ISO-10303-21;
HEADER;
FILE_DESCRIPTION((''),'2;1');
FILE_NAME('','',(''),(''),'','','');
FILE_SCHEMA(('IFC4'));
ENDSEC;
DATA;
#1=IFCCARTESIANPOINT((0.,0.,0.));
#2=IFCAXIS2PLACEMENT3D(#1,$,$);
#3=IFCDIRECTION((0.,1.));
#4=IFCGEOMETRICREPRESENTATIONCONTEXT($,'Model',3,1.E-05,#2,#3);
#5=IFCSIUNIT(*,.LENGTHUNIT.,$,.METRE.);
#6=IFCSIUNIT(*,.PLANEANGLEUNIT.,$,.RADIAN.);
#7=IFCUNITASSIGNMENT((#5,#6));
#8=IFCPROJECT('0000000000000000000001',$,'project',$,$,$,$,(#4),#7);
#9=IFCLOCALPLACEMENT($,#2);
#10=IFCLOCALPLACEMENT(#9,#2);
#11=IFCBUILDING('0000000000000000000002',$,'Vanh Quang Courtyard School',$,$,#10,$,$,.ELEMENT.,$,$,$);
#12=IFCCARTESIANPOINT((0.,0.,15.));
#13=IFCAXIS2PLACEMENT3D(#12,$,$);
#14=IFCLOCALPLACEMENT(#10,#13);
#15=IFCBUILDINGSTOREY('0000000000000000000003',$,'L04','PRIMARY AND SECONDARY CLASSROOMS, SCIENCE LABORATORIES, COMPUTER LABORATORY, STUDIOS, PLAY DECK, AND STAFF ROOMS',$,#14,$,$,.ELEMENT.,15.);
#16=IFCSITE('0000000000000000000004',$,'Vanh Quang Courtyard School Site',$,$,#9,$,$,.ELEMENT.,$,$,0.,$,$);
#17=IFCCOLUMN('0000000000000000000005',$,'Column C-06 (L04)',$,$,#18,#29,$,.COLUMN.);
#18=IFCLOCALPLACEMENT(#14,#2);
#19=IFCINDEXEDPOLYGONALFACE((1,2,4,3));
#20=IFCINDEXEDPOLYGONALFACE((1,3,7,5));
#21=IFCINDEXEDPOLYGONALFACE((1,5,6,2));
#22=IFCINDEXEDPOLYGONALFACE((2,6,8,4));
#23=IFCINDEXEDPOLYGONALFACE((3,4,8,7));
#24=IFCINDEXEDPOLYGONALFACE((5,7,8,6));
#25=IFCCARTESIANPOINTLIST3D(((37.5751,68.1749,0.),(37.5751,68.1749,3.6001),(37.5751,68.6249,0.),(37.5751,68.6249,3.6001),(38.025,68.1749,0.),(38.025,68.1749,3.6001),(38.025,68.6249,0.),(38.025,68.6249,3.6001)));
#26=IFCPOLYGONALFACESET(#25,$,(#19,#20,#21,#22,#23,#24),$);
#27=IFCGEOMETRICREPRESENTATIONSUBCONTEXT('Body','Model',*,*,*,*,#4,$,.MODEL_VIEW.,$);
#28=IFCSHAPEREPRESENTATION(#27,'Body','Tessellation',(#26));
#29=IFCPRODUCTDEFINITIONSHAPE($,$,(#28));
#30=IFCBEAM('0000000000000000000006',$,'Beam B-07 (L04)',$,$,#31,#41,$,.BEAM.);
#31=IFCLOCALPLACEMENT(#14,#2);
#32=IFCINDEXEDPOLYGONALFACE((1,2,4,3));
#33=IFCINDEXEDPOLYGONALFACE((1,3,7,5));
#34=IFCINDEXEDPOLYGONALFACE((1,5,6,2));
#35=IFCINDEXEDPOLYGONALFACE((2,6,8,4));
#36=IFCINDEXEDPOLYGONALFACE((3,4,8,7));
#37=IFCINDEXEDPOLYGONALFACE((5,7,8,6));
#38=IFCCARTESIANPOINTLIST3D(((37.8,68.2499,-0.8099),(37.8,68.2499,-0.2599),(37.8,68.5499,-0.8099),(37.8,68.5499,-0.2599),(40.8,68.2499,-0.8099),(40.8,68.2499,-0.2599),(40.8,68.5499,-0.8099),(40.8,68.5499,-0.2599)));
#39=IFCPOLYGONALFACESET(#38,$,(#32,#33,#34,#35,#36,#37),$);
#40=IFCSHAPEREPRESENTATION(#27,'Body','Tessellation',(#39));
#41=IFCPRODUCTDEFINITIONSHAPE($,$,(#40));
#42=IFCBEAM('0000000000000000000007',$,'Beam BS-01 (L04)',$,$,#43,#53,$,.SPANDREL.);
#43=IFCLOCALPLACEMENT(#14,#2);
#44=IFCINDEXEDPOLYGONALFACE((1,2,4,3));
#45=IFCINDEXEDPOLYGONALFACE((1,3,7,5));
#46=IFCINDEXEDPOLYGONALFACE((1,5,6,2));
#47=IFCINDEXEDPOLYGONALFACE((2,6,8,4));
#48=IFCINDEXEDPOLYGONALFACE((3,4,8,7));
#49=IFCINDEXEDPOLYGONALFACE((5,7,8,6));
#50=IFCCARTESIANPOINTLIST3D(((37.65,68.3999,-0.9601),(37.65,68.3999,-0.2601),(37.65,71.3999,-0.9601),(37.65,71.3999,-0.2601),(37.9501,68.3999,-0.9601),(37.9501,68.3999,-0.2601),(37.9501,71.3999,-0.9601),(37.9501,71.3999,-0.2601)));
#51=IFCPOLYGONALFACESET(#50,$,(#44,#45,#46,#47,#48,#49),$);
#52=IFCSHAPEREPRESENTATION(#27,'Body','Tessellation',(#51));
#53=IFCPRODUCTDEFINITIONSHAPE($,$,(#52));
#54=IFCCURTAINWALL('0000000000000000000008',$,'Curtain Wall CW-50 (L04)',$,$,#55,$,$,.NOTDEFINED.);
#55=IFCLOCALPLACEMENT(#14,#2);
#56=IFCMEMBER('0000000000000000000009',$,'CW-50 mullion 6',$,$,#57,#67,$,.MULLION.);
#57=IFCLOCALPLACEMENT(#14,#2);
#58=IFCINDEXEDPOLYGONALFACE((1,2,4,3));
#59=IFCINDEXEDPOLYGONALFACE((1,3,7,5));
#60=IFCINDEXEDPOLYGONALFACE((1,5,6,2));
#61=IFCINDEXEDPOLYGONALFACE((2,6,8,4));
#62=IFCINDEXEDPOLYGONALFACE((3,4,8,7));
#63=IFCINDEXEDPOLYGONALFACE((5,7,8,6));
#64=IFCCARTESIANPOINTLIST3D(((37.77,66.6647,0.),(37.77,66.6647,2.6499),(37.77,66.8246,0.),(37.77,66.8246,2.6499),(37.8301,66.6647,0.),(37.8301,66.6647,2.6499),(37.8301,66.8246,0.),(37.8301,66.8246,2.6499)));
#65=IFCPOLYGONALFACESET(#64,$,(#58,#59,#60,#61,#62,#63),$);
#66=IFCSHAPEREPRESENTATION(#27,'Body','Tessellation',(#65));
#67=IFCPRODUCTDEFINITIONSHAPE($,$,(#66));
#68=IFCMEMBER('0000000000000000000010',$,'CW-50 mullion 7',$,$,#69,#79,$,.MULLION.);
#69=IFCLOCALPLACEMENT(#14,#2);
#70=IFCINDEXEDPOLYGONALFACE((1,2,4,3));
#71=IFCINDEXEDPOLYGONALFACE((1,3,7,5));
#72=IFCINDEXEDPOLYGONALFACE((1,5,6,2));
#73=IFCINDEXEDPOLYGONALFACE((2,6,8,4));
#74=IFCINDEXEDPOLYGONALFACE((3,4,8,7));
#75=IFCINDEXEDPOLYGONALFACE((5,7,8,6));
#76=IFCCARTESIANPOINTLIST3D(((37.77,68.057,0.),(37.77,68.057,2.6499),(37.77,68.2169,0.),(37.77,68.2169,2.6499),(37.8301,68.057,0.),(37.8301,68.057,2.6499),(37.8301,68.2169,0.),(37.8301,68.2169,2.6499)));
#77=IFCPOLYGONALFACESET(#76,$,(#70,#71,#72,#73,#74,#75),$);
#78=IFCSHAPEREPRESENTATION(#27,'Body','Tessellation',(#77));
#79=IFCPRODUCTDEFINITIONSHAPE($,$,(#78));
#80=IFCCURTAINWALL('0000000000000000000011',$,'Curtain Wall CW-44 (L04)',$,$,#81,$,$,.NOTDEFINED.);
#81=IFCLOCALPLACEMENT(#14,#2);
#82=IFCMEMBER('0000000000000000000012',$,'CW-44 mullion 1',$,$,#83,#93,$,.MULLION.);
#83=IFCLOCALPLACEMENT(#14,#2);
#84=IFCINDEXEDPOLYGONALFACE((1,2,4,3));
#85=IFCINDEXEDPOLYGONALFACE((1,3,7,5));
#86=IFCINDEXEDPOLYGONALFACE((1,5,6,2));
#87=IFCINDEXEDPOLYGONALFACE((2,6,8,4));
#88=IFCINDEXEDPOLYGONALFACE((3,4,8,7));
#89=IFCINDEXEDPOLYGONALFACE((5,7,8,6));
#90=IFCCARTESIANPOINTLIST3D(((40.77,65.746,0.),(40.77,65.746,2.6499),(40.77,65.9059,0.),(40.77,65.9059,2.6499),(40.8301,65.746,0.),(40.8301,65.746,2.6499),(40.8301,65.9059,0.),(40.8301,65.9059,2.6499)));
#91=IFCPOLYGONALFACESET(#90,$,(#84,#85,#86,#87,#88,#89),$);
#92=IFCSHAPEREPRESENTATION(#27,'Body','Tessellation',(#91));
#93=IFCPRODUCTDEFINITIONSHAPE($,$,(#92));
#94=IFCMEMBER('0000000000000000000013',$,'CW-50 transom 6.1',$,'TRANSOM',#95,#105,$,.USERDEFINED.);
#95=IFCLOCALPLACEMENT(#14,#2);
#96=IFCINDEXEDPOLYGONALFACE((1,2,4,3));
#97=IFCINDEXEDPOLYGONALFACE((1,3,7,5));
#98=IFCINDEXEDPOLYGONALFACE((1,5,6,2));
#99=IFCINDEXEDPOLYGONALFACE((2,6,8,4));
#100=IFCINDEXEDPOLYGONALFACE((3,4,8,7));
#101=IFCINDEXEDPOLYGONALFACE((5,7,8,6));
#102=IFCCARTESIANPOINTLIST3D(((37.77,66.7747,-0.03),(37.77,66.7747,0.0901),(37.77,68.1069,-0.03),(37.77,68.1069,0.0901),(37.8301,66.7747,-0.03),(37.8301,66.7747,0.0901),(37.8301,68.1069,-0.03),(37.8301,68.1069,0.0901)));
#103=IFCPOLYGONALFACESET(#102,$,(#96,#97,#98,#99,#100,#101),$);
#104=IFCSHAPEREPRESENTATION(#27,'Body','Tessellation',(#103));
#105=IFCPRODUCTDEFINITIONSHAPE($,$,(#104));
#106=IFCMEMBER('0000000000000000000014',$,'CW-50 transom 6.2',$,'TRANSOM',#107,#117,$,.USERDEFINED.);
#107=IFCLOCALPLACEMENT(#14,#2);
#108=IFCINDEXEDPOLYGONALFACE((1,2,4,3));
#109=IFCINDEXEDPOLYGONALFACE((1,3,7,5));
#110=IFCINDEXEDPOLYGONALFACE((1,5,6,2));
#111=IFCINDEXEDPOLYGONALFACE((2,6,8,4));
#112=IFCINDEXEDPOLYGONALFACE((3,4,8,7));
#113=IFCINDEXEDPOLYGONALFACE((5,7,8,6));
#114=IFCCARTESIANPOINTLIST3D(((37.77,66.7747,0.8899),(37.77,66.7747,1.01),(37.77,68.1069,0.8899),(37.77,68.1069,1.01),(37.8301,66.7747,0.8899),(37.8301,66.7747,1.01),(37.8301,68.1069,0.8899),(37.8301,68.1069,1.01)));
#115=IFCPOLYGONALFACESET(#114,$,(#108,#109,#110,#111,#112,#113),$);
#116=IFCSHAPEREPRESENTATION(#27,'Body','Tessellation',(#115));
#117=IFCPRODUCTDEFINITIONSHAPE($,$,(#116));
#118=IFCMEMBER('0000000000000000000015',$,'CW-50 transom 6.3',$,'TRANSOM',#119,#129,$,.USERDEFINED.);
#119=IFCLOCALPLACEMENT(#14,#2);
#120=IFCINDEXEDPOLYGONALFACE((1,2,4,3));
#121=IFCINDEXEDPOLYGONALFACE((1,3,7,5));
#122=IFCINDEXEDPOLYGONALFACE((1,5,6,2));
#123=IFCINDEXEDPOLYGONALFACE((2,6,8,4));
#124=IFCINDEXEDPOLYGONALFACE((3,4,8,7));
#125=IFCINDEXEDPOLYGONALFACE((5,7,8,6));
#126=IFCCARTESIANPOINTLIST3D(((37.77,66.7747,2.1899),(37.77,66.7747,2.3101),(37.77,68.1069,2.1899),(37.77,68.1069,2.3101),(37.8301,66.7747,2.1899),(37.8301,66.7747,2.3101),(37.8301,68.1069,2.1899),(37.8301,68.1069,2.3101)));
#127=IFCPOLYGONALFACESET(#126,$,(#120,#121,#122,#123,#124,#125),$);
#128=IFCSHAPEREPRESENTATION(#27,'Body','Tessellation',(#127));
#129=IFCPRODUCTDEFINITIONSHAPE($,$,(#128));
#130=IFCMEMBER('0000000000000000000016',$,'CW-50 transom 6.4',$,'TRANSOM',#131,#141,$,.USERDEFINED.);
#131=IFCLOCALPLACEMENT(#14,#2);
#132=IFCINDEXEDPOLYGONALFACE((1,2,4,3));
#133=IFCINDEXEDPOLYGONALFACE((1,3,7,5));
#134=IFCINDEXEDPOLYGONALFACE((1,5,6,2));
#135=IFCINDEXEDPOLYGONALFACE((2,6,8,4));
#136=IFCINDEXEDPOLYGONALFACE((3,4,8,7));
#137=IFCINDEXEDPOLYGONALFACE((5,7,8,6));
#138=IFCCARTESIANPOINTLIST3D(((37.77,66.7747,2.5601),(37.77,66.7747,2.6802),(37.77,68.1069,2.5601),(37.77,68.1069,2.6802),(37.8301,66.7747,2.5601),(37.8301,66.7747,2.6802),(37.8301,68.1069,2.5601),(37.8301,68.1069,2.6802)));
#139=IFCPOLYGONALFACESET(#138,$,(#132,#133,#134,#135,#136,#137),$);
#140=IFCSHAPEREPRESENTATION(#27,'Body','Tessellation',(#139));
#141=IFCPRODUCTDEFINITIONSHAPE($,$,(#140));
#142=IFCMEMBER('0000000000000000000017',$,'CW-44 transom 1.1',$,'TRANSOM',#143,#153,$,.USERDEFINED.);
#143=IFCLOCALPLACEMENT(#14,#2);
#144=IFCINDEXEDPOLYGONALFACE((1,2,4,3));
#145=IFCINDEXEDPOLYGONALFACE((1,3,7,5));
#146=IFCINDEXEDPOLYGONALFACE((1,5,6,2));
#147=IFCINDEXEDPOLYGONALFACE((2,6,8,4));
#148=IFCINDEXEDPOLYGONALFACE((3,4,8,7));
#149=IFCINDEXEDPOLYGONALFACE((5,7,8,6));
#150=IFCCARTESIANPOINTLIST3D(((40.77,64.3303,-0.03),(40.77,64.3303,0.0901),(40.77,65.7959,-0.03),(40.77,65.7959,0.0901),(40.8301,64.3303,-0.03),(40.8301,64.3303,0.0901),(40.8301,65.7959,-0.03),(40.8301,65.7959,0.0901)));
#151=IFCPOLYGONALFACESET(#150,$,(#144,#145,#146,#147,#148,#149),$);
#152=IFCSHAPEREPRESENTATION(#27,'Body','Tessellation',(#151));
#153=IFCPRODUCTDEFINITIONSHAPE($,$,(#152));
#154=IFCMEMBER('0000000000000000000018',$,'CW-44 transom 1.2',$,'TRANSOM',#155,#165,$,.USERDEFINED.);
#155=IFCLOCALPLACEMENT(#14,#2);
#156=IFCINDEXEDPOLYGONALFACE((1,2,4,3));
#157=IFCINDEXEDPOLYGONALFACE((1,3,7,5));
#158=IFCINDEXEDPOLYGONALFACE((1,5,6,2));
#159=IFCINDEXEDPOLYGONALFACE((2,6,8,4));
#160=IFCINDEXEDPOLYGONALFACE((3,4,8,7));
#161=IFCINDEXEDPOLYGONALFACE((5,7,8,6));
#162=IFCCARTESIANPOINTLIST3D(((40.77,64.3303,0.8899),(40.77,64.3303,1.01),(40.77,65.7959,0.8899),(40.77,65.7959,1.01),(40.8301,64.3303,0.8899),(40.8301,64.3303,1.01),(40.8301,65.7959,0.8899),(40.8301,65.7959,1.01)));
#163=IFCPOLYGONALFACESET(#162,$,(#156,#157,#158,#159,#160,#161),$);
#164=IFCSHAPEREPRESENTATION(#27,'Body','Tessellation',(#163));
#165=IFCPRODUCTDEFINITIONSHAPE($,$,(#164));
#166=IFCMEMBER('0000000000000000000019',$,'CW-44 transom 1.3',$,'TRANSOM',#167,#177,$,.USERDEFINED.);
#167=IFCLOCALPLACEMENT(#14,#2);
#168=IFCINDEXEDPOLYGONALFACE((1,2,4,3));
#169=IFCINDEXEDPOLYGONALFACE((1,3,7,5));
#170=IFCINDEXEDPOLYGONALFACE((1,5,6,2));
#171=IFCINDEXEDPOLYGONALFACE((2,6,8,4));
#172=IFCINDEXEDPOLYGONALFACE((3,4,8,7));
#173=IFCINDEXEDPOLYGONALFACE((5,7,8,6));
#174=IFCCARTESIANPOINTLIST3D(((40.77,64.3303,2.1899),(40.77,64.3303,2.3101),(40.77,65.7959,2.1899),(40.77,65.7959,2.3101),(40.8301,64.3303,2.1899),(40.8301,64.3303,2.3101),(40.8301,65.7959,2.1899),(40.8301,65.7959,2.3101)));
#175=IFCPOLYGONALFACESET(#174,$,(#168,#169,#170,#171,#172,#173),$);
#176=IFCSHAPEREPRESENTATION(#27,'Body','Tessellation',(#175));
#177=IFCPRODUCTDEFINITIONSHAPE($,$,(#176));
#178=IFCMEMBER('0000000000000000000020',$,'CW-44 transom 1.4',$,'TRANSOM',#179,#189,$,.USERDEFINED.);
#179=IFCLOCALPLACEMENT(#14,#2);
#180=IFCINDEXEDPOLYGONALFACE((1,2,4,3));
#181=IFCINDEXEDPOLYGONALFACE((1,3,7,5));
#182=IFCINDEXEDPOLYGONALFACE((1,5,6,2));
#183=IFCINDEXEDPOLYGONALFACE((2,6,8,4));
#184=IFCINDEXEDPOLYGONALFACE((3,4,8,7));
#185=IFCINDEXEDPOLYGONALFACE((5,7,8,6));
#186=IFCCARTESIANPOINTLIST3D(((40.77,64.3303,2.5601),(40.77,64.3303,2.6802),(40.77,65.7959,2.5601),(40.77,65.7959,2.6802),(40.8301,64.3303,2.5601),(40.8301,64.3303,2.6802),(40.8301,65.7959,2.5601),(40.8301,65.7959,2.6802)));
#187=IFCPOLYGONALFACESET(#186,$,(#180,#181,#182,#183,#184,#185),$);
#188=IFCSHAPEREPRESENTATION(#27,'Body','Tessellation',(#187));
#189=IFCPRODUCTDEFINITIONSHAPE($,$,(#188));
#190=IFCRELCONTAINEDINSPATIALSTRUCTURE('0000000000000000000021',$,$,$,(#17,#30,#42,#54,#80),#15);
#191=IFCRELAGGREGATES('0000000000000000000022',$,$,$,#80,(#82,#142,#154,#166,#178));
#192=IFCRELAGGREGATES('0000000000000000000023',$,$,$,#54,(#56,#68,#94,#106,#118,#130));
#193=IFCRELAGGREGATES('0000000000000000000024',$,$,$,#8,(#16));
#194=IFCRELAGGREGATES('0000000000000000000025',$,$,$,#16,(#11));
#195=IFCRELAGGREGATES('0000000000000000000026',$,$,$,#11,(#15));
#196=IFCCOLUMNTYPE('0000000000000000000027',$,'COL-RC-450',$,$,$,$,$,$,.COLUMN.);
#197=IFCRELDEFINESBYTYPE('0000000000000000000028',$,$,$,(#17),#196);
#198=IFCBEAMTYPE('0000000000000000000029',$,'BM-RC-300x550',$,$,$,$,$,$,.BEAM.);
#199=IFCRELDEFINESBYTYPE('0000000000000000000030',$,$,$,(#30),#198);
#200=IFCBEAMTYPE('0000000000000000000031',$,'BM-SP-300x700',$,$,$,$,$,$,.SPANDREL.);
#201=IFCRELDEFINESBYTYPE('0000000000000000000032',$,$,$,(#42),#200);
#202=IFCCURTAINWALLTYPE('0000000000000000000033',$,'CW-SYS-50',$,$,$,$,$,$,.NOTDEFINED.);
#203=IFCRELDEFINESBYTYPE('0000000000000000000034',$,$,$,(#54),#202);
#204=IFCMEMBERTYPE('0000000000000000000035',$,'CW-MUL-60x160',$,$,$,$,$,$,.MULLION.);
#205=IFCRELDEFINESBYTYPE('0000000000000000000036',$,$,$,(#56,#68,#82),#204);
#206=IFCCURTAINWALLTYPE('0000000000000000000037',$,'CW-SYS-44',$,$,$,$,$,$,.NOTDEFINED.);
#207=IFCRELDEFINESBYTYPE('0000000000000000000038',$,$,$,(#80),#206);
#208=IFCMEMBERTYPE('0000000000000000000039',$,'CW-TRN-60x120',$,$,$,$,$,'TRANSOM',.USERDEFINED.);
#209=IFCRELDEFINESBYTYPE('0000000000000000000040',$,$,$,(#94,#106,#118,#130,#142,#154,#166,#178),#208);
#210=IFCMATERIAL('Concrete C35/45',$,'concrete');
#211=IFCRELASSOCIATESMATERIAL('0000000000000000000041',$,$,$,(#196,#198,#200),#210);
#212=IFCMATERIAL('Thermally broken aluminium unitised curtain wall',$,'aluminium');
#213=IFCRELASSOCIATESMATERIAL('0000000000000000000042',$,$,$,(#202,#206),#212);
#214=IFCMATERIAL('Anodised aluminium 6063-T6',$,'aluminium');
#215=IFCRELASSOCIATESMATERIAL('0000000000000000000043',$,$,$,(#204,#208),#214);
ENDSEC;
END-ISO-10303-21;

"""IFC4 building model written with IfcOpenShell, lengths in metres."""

from ifc_helpers import new_model, si_unit, direction, frame, origin, origin_2d, place, context, subcontext, project, spatial, rectangle, extrude, material, material_profile, profile_set, type_object, element, aggregate, save


model = new_model("IFC4")

# Units and contexts
model_context = context("Model", 3, precision=1e-05, world=origin(), true_north=direction((0.0, 1.0)))
body_context = subcontext(model_context, "Body", "Model", "MODEL_VIEW")
ifc_project = project(units=[si_unit("LENGTHUNIT", "METRE"), si_unit("PLANEANGLEUNIT", "RADIAN")], contexts=[model_context])

# Site, building, storey
site_placement = place(None, origin())
site = spatial("IfcSite", under=ifc_project, at=site_placement, Name="Vanh Quang Courtyard School Site", CompositionType="ELEMENT", RefElevation=0.0)
building_placement = place(site_placement, origin())
building = spatial("IfcBuilding", under=site, at=building_placement, Name="Vanh Quang Courtyard School", CompositionType="ELEMENT")
storey_placement = place(building_placement, frame((0.0, 0.0, 15.0)))
storey = spatial("IfcBuildingStorey", under=building, at=storey_placement, Name="L04", Description="PRIMARY AND SECONDARY CLASSROOMS, SCIENCE LABORATORIES, COMPUTER LABORATORY, STUDIOS, PLAY DECK, AND STAFF ROOMS", CompositionType="ELEMENT", Elevation=15.0)

# Column
ifc_material_1 = material(Name="Concrete C35/45", Category="concrete")
ifc_material_profile_1 = material_profile(ifc_material_1, rectangle(XDim=0.45, YDim=0.45, at=origin_2d()), Name="RC-COL 450x450")
ifc_profile_set_1 = profile_set([ifc_material_profile_1], Name="Concrete C35/45")
column_type = type_object("IfcColumnType", Name="COL-RC-450", PredefinedType="COLUMN", material=ifc_profile_set_1)
column_placement = place(storey_placement, frame((37.8, 68.3999, 0.0), z_axis=(0.0, 0.0, 1.0), x_axis=(1.0, 0.0, 0.0)))
element("IfcColumn", 1, at=column_placement, inside=storey, type_object=column_type, Name="Column C-06 (L04)", PredefinedType="COLUMN", context=body_context, shape_type="SweptSolid", body=[
    extrude(rectangle(XDim=0.45, YDim=0.45, at=origin_2d()), origin(), (0.0, 0.0, 1.0), 3.6001),
])

# Beams
ifc_material_profile_2 = material_profile(ifc_material_1, rectangle(XDim=0.3, YDim=0.55, at=origin_2d()), Name="RC-BM 300x550")
ifc_profile_set_2 = profile_set([ifc_material_profile_2], Name="Concrete C35/45")
beam_type_1 = type_object("IfcBeamType", Name="BM-RC-300x550", PredefinedType="BEAM", material=ifc_profile_set_2)
beam_1_placement = place(storey_placement, frame((37.8, 68.3999, -0.5349), z_axis=(1.0, 0.0, 0.0), x_axis=(0.0, 1.0, 0.0)))
element("IfcBeam", 2, at=beam_1_placement, inside=storey, type_object=beam_type_1, Name="Beam B-07 (L04)", PredefinedType="BEAM", context=body_context, shape_type="SweptSolid", body=[
    extrude(rectangle(XDim=0.3, YDim=0.55, at=origin_2d()), origin(), (0.0, 0.0, 1.0), 3.0),
])
ifc_material_profile_3 = material_profile(ifc_material_1, rectangle(XDim=0.3, YDim=0.7, at=origin_2d()), Name="RC-SP 300x700")
ifc_profile_set_3 = profile_set([ifc_material_profile_3], Name="Concrete C35/45")
beam_type_2 = type_object("IfcBeamType", Name="BM-SP-300x700", PredefinedType="SPANDREL", material=ifc_profile_set_3)
beam_2_placement = place(storey_placement, frame((37.8, 68.3999, -0.6101), z_axis=(0.0, 1.0, 0.0), x_axis=(-1.0, 0.0, 0.0)))
element("IfcBeam", 3, at=beam_2_placement, inside=storey, type_object=beam_type_2, Name="Beam BS-01 (L04)", PredefinedType="SPANDREL", context=body_context, shape_type="SweptSolid", body=[
    extrude(rectangle(XDim=0.3, YDim=0.7, at=origin_2d()), origin(), (0.0, 0.0, 1.0), 3.0),
])

# Curtain wall, members
ifc_material_2 = material(Name="Thermally broken aluminium unitised curtain wall", Category="aluminium")
curtain_wall_type_1 = type_object("IfcCurtainWallType", Name="CW-SYS-50", PredefinedType="NOTDEFINED", material=ifc_material_2)
curtain_wall_1_placement = place(storey_placement, origin())
curtain_wall_1 = element("IfcCurtainWall", 4, at=curtain_wall_1_placement, inside=storey, type_object=curtain_wall_type_1, Name="Curtain Wall CW-50 (L04)", PredefinedType="NOTDEFINED")
ifc_material_3 = material(Name="Anodised aluminium 6063-T6", Category="aluminium")
ifc_material_profile_4 = material_profile(ifc_material_3, rectangle(XDim=0.0601, YDim=0.1599, at=origin_2d()), Name="ALU-MUL 60x160")
ifc_profile_set_4 = profile_set([ifc_material_profile_4], Name="Anodised aluminium 6063-T6")
member_type_1 = type_object("IfcMemberType", Name="CW-MUL-60x160", PredefinedType="MULLION", material=ifc_profile_set_4)
member_1_placement = place(storey_placement, frame((37.8, 66.7446, 0.0), z_axis=(0.0, 0.0, 1.0), x_axis=(-1.0, 0.0, 0.0)))
member_1 = element("IfcMember", 5, at=member_1_placement, type_object=member_type_1, Name="CW-50 mullion 6", PredefinedType="MULLION", context=body_context, shape_type="SweptSolid", body=[
    extrude(rectangle(XDim=0.0601, YDim=0.1599, at=origin_2d()), origin(), (0.0, 0.0, 1.0), 2.6499),
])
member_2_placement = place(storey_placement, frame((37.8, 68.137, 0.0), z_axis=(0.0, 0.0, 1.0), x_axis=(-1.0, 0.0, 0.0)))
member_2 = element("IfcMember", 6, at=member_2_placement, type_object=member_type_1, Name="CW-50 mullion 7", PredefinedType="MULLION", context=body_context, shape_type="SweptSolid", body=[
    extrude(rectangle(XDim=0.0601, YDim=0.1599, at=origin_2d()), origin(), (0.0, 0.0, 1.0), 2.6499),
])

# Curtain wall, member
curtain_wall_type_2 = type_object("IfcCurtainWallType", Name="CW-SYS-44", PredefinedType="NOTDEFINED", material=ifc_material_2)
curtain_wall_2_placement = place(storey_placement, origin())
curtain_wall_2 = element("IfcCurtainWall", 7, at=curtain_wall_2_placement, inside=storey, type_object=curtain_wall_type_2, Name="Curtain Wall CW-44 (L04)", PredefinedType="NOTDEFINED")
member_3_placement = place(storey_placement, frame((40.8, 65.8259, 0.0), z_axis=(0.0, 0.0, 1.0), x_axis=(1.0, 0.0, 0.0)))
member_3 = element("IfcMember", 8, at=member_3_placement, type_object=member_type_1, Name="CW-44 mullion 1", PredefinedType="MULLION", context=body_context, shape_type="SweptSolid", body=[
    extrude(rectangle(XDim=0.0601, YDim=0.1599, at=origin_2d()), origin(), (0.0, 0.0, 1.0), 2.6499),
])

# Members
ifc_material_profile_5 = material_profile(ifc_material_3, rectangle(XDim=0.0601, YDim=0.1201, at=origin_2d()), Name="ALU-TRN 60x120")
ifc_profile_set_5 = profile_set([ifc_material_profile_5], Name="Anodised aluminium 6063-T6")
member_type_2 = type_object("IfcMemberType", Name="CW-TRN-60x120", ElementType="TRANSOM", PredefinedType="USERDEFINED", material=ifc_profile_set_5)
member_4_placement = place(storey_placement, frame((37.8, 66.7747, 0.03), z_axis=(0.0, 1.0, 0.0), x_axis=(-1.0, 0.0, 0.0)))
member_4 = element("IfcMember", 9, at=member_4_placement, type_object=member_type_2, Name="CW-50 transom 6.1", ObjectType="TRANSOM", PredefinedType="USERDEFINED", context=body_context, shape_type="SweptSolid", body=[
    extrude(rectangle(XDim=0.0601, YDim=0.1201, at=origin_2d()), origin(), (0.0, 0.0, 1.0), 1.3323),
])
member_5_placement = place(storey_placement, frame((37.8, 66.7747, 0.95), z_axis=(0.0, 1.0, 0.0), x_axis=(-1.0, 0.0, 0.0)))
member_5 = element("IfcMember", 10, at=member_5_placement, type_object=member_type_2, Name="CW-50 transom 6.2", ObjectType="TRANSOM", PredefinedType="USERDEFINED", context=body_context, shape_type="SweptSolid", body=[
    extrude(rectangle(XDim=0.0601, YDim=0.1201, at=origin_2d()), origin(), (0.0, 0.0, 1.0), 1.3323),
])
member_6_placement = place(storey_placement, frame((37.8, 66.7747, 2.25), z_axis=(0.0, 1.0, 0.0), x_axis=(-1.0, 0.0, 0.0)))
member_6 = element("IfcMember", 11, at=member_6_placement, type_object=member_type_2, Name="CW-50 transom 6.3", ObjectType="TRANSOM", PredefinedType="USERDEFINED", context=body_context, shape_type="SweptSolid", body=[
    extrude(rectangle(XDim=0.0601, YDim=0.1201, at=origin_2d()), origin(), (0.0, 0.0, 1.0), 1.3323),
])
member_7_placement = place(storey_placement, frame((37.8, 66.7747, 2.6201), z_axis=(0.0, 1.0, 0.0), x_axis=(-1.0, 0.0, 0.0)))
member_7 = element("IfcMember", 12, at=member_7_placement, type_object=member_type_2, Name="CW-50 transom 6.4", ObjectType="TRANSOM", PredefinedType="USERDEFINED", context=body_context, shape_type="SweptSolid", body=[
    extrude(rectangle(XDim=0.0601, YDim=0.1201, at=origin_2d()), origin(), (0.0, 0.0, 1.0), 1.3323),
])
member_8_placement = place(storey_placement, frame((40.8, 65.7959, 0.03), z_axis=(0.0, -1.0, 0.0), x_axis=(1.0, 0.0, 0.0)))
member_8 = element("IfcMember", 13, at=member_8_placement, type_object=member_type_2, Name="CW-44 transom 1.1", ObjectType="TRANSOM", PredefinedType="USERDEFINED", context=body_context, shape_type="SweptSolid", body=[
    extrude(rectangle(XDim=0.0601, YDim=0.1201, at=origin_2d()), origin(), (0.0, 0.0, 1.0), 1.4656),
])
member_9_placement = place(storey_placement, frame((40.8, 65.7959, 0.95), z_axis=(0.0, -1.0, 0.0), x_axis=(1.0, 0.0, 0.0)))
member_9 = element("IfcMember", 14, at=member_9_placement, type_object=member_type_2, Name="CW-44 transom 1.2", ObjectType="TRANSOM", PredefinedType="USERDEFINED", context=body_context, shape_type="SweptSolid", body=[
    extrude(rectangle(XDim=0.0601, YDim=0.1201, at=origin_2d()), origin(), (0.0, 0.0, 1.0), 1.4656),
])
member_10_placement = place(storey_placement, frame((40.8, 65.7959, 2.25), z_axis=(0.0, -1.0, 0.0), x_axis=(1.0, 0.0, 0.0)))
member_10 = element("IfcMember", 15, at=member_10_placement, type_object=member_type_2, Name="CW-44 transom 1.3", ObjectType="TRANSOM", PredefinedType="USERDEFINED", context=body_context, shape_type="SweptSolid", body=[
    extrude(rectangle(XDim=0.0601, YDim=0.1201, at=origin_2d()), origin(), (0.0, 0.0, 1.0), 1.4656),
])
member_11_placement = place(storey_placement, frame((40.8, 65.7959, 2.6201), z_axis=(0.0, -1.0, 0.0), x_axis=(1.0, 0.0, 0.0)))
member_11 = element("IfcMember", 16, at=member_11_placement, type_object=member_type_2, Name="CW-44 transom 1.4", ObjectType="TRANSOM", PredefinedType="USERDEFINED", context=body_context, shape_type="SweptSolid", body=[
    extrude(rectangle(XDim=0.0601, YDim=0.1201, at=origin_2d()), origin(), (0.0, 0.0, 1.0), 1.4656),
])
aggregate(curtain_wall_2, [member_3, member_8, member_9, member_10, member_11])

aggregate(curtain_wall_1, [member_1, member_2, member_4, member_5, member_6, member_7])

save(model, "model.ifc")
